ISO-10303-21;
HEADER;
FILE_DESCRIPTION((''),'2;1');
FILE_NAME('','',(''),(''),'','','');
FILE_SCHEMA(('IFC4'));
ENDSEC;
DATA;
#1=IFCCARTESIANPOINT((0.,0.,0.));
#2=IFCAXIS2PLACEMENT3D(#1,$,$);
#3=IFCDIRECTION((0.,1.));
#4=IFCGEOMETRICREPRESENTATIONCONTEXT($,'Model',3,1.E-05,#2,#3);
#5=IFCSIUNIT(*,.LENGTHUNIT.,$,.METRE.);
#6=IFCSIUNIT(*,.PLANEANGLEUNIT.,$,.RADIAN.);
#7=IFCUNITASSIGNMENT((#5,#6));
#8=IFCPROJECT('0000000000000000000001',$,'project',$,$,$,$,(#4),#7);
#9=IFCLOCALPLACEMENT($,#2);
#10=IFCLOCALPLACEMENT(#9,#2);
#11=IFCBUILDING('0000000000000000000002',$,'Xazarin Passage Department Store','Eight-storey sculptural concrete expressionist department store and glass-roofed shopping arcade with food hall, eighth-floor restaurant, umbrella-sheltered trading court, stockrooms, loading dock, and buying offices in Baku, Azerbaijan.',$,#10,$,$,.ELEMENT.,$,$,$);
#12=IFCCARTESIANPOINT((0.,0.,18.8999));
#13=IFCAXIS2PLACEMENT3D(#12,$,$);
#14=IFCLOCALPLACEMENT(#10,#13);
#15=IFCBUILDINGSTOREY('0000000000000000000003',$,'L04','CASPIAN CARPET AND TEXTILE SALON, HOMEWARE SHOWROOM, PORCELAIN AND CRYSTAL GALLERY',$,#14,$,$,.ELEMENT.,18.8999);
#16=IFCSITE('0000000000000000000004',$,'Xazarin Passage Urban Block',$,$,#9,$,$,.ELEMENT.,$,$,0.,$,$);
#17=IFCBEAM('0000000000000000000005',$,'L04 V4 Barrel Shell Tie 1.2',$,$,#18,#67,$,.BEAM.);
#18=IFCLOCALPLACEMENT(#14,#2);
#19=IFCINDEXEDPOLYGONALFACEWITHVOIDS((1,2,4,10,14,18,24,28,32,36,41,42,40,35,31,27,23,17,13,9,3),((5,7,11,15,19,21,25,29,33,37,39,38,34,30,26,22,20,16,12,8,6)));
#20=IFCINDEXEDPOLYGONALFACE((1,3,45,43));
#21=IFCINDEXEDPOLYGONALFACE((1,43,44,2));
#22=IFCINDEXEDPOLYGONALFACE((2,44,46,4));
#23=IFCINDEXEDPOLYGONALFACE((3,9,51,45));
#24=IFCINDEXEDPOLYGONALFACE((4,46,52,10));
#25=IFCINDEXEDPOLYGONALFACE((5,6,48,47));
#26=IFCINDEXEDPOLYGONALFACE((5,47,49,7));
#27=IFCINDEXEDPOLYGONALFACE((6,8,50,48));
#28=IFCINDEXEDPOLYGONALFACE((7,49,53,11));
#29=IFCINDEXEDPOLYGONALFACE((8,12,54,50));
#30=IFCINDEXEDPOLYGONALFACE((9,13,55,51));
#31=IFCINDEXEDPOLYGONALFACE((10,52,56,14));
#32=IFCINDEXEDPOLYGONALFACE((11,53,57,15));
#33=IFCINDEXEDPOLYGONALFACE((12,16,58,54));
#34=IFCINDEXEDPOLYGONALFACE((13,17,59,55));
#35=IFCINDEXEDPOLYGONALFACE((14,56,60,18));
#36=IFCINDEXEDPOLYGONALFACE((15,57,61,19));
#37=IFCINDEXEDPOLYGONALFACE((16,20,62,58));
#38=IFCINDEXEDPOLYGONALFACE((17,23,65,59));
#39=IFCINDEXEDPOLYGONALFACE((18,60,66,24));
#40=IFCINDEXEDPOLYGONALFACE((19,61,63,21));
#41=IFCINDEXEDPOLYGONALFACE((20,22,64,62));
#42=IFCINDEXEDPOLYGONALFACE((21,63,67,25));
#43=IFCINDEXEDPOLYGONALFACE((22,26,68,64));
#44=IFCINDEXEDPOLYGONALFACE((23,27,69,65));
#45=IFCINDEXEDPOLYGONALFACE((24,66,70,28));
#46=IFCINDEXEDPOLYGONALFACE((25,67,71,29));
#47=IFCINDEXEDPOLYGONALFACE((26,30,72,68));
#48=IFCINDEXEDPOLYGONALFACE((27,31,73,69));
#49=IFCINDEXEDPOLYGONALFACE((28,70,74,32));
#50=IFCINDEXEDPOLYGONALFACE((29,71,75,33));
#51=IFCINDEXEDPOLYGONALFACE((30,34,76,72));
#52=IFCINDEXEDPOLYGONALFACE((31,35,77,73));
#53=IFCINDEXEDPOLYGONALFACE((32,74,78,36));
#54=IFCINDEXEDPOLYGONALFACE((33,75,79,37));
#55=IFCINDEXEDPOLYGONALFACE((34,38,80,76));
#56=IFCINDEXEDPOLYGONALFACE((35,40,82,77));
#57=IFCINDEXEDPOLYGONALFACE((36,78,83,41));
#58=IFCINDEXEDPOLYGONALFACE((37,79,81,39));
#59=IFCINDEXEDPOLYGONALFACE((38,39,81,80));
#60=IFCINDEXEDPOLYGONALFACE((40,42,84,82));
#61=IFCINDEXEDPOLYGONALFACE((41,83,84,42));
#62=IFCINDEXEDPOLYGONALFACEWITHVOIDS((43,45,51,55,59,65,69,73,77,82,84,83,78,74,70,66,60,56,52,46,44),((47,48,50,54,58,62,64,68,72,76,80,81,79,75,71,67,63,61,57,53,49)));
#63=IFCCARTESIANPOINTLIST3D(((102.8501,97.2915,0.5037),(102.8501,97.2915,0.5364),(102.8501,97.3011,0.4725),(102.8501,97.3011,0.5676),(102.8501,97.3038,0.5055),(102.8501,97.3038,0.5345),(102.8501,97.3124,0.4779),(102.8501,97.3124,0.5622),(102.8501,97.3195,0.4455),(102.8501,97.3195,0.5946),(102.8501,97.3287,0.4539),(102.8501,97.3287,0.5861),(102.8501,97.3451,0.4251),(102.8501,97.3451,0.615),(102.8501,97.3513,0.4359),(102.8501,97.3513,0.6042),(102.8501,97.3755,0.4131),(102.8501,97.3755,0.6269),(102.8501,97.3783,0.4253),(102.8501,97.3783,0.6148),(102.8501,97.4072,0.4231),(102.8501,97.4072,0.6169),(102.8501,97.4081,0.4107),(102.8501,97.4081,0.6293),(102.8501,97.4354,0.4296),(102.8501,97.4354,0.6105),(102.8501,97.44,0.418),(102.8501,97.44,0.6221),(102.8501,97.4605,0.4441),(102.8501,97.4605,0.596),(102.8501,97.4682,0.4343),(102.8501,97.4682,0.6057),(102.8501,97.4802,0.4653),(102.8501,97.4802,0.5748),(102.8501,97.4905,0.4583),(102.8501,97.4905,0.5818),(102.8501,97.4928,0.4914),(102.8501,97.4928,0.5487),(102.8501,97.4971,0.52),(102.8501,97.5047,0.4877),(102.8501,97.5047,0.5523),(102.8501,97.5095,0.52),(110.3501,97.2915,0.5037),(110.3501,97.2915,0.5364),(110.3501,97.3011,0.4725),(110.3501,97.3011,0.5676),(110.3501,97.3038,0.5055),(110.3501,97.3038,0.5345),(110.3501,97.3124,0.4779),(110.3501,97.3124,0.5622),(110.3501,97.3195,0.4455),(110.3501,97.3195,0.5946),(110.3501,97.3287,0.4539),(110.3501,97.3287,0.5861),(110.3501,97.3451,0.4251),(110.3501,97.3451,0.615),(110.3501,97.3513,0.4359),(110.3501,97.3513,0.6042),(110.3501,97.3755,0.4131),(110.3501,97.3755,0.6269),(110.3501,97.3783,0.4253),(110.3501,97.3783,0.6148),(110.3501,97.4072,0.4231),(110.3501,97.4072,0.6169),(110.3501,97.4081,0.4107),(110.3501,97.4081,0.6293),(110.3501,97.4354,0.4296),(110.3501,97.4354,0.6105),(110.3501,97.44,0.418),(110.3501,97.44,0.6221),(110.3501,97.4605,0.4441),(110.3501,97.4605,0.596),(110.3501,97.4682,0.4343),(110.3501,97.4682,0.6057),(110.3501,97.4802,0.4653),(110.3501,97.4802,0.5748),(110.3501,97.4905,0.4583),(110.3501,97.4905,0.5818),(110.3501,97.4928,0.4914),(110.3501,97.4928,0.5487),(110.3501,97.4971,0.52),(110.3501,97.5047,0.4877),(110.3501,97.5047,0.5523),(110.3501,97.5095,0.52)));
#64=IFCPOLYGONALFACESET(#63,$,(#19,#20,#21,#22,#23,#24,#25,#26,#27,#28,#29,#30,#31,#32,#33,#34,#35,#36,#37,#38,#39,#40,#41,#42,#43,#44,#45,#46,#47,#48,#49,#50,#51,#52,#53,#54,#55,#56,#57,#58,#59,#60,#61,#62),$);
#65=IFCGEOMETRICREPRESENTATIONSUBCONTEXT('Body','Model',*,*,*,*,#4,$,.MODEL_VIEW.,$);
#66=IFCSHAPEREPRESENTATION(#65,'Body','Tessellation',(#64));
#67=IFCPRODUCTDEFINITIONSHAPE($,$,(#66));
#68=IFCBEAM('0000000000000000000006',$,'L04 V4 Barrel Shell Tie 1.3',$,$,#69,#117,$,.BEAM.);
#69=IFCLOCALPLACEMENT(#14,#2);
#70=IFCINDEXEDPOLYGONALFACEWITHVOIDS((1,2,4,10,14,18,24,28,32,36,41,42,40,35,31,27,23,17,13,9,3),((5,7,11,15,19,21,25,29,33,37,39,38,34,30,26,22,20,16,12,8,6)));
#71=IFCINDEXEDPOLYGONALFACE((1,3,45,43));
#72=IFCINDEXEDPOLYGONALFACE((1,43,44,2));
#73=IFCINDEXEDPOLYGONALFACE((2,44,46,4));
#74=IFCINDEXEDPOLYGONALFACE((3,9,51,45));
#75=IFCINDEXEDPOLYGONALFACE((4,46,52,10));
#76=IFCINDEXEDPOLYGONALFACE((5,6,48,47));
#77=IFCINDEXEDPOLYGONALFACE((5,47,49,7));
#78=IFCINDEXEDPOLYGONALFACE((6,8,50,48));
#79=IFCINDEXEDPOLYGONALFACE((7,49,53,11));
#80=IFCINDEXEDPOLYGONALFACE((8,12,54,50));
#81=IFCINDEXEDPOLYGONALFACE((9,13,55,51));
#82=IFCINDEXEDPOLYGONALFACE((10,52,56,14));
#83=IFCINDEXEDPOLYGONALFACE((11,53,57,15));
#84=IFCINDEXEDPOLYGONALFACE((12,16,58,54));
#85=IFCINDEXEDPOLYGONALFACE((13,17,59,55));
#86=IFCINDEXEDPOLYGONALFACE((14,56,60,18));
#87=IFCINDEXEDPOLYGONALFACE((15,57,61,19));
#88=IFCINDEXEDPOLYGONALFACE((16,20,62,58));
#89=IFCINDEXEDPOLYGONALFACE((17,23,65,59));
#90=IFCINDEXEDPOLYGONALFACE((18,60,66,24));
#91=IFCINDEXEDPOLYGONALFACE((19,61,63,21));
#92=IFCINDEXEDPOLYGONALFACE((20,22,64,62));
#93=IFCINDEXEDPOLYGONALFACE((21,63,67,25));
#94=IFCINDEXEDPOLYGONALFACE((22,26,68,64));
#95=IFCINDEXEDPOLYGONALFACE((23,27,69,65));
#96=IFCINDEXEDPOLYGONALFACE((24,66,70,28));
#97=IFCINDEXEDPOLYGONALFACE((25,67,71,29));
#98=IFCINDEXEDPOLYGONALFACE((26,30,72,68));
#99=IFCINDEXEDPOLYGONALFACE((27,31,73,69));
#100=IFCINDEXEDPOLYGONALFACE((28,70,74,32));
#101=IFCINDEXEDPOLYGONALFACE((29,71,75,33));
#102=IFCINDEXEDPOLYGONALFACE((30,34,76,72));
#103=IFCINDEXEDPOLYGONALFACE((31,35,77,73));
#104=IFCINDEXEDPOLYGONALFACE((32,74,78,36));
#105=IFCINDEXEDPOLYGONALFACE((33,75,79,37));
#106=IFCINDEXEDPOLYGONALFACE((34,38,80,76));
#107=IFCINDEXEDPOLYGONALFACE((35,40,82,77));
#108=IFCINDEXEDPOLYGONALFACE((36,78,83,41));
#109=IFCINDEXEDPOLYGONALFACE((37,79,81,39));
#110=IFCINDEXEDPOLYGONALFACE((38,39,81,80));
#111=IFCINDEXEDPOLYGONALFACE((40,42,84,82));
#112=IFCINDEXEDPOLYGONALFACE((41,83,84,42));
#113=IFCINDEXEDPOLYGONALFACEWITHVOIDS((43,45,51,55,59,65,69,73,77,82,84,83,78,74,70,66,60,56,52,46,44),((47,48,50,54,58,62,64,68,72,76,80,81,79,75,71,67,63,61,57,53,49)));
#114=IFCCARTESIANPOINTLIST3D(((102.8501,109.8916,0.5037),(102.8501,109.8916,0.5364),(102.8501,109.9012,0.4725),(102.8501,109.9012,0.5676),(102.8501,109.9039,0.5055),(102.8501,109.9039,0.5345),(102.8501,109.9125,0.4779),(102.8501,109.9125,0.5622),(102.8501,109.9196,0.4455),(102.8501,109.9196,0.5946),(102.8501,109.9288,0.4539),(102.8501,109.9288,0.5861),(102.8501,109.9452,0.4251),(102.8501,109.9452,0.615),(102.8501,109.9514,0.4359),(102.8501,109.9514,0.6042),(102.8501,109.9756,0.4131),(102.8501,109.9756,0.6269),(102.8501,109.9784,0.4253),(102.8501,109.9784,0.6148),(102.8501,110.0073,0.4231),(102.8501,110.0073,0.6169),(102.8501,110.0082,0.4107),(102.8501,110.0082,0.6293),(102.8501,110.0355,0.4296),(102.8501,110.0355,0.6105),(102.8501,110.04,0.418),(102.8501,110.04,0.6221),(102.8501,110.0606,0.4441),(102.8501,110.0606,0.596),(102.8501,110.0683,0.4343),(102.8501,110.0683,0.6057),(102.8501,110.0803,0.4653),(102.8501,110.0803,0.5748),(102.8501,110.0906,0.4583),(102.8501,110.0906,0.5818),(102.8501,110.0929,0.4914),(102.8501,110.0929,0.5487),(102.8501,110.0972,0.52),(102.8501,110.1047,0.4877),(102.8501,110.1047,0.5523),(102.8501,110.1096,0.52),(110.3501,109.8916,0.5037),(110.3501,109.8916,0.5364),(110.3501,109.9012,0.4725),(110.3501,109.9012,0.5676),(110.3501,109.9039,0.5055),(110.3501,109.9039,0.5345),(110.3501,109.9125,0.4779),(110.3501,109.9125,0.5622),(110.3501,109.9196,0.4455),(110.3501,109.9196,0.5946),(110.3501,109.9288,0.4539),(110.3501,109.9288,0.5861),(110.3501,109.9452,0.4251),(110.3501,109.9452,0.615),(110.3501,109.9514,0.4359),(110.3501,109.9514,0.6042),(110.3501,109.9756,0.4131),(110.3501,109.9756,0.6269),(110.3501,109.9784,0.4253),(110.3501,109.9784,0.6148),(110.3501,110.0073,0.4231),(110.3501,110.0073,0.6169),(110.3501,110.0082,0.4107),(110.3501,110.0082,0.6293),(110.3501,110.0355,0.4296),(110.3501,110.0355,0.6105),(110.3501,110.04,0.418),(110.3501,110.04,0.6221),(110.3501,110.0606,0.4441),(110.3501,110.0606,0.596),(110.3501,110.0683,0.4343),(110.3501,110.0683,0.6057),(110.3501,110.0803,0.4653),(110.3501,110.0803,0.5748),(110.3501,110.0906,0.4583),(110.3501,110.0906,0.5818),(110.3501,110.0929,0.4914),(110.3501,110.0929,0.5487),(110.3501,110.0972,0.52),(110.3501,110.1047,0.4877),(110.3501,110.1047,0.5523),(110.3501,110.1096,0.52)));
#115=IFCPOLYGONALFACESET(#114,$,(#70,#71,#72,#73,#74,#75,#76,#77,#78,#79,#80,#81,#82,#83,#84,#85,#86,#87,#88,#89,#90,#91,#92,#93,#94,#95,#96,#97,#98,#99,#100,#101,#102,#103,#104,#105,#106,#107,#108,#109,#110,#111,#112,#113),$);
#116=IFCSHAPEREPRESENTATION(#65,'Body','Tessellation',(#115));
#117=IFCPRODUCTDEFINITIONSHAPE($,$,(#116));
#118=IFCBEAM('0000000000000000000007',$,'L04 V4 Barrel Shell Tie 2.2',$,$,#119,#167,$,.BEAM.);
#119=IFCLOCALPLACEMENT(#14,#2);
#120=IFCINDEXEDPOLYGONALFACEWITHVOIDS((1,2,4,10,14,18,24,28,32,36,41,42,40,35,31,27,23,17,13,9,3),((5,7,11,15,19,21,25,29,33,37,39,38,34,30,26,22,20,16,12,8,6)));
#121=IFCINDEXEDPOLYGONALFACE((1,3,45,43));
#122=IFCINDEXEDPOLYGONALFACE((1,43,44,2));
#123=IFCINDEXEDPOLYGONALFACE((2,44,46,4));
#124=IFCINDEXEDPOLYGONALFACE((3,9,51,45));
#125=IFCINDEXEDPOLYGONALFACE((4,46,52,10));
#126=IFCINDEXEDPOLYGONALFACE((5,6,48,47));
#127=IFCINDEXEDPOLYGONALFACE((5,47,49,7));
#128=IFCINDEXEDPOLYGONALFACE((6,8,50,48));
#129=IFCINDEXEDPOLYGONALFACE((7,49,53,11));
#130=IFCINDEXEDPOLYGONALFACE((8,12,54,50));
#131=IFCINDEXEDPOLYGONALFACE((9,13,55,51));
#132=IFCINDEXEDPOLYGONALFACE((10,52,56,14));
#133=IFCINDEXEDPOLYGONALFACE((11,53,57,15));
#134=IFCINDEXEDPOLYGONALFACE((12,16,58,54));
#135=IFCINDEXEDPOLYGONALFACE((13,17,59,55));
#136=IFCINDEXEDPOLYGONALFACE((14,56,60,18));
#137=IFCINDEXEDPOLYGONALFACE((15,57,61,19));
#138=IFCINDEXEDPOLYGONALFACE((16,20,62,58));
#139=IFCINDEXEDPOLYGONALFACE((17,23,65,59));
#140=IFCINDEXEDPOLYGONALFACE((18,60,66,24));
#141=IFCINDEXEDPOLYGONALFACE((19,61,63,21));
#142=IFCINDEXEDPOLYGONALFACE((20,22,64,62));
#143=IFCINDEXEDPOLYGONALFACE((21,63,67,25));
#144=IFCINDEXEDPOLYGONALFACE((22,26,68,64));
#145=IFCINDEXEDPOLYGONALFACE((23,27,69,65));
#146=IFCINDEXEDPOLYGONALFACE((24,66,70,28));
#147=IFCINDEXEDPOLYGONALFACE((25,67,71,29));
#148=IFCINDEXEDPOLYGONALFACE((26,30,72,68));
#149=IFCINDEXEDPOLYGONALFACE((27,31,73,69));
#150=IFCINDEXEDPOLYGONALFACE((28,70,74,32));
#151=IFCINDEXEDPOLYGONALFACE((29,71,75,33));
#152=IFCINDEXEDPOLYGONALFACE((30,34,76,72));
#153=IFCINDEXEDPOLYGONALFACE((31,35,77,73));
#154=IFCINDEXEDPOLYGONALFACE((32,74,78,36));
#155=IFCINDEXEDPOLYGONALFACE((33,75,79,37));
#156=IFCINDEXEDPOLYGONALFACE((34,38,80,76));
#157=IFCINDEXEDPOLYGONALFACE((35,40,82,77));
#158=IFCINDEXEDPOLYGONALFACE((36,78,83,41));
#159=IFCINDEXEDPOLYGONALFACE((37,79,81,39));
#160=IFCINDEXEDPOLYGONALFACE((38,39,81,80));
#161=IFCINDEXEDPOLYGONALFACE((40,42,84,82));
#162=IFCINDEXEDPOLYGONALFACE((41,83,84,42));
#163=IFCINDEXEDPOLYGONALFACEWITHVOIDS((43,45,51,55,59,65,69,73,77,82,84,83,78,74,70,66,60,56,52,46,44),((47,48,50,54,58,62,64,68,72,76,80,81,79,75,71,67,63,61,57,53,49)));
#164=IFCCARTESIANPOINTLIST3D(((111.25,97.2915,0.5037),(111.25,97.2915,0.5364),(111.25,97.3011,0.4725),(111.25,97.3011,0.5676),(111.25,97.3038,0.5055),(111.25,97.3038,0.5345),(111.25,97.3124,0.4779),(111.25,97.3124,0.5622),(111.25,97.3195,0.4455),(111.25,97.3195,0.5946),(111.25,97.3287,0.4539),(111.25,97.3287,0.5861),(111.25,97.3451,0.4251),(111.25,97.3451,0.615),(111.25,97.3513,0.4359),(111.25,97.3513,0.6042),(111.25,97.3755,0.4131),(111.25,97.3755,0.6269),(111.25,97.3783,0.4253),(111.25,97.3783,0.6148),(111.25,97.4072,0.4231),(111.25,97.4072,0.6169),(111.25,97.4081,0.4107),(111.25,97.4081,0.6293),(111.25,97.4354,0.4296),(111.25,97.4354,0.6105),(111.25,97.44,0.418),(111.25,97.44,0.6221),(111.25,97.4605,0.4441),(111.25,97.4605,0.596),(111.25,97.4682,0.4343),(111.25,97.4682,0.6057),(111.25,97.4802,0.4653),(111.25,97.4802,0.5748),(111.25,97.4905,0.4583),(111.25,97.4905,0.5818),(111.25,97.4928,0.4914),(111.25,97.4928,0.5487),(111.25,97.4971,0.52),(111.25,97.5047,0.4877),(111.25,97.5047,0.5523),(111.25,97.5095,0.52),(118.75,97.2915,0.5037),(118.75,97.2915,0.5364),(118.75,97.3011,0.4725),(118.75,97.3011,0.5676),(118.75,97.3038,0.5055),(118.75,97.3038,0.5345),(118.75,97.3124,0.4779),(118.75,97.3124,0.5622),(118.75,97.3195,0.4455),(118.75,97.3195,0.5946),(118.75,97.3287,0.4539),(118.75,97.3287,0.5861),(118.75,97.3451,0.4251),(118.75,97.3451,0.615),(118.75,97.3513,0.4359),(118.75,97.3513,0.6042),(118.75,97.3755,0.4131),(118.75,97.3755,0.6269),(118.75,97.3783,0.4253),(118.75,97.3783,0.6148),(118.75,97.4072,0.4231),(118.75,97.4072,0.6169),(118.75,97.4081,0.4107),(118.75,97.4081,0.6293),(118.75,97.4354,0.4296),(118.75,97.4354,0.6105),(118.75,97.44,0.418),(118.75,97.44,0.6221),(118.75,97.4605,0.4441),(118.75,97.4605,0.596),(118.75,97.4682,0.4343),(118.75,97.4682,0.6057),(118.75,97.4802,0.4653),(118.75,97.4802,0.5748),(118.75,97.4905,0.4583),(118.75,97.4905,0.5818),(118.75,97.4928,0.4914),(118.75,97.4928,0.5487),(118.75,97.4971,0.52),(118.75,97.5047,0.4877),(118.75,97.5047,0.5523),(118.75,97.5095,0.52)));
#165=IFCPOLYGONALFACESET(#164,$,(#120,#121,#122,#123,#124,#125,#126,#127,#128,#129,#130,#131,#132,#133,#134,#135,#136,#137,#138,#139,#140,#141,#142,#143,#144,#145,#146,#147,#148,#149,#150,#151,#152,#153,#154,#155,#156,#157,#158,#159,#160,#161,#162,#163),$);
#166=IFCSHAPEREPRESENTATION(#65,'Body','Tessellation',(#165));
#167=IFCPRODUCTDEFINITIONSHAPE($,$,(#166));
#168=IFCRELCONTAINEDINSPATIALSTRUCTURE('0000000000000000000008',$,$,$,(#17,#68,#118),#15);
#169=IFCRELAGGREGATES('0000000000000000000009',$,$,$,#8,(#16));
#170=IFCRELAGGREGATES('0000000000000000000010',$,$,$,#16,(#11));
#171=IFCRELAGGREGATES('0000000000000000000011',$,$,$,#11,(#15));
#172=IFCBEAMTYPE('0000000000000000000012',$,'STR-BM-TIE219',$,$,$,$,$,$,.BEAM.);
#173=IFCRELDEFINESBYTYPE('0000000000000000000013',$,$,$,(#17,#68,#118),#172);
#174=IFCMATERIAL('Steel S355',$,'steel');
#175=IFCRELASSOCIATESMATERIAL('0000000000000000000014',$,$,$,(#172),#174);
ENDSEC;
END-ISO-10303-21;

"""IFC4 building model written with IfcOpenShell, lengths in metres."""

from ifc_helpers import new_model, si_unit, direction, frame, origin, origin_2d, place, context, subcontext, project, spatial, hollow_circle, extrude, material, material_profile, profile_set, type_object, element, save


model = new_model("IFC4")

# Units and contexts
model_context = context("Model", 3, precision=1e-05, world=origin(), true_north=direction((0.0, 1.0)))
body_context = subcontext(model_context, "Body", "Model", "MODEL_VIEW")
ifc_project = project(units=[si_unit("LENGTHUNIT", "METRE"), si_unit("PLANEANGLEUNIT", "RADIAN")], contexts=[model_context])

# Site, building, storey
site_placement = place(None, origin())
site = spatial("IfcSite", under=ifc_project, at=site_placement, Name="Xazarin Passage Urban Block", CompositionType="ELEMENT", RefElevation=0.0)
building_placement = place(site_placement, origin())
building = spatial("IfcBuilding", under=site, at=building_placement, Name="Xazarin Passage Department Store", Description="Eight-storey sculptural concrete expressionist department store and glass-roofed shopping arcade with food hall, eighth-floor restaurant, umbrella-sheltered trading court, stockrooms, loading dock, and buying offices in Baku, Azerbaijan.", CompositionType="ELEMENT")
storey_placement = place(building_placement, frame((0.0, 0.0, 18.8999)))
storey = spatial("IfcBuildingStorey", under=building, at=storey_placement, Name="L04", Description="CASPIAN CARPET AND TEXTILE SALON, HOMEWARE SHOWROOM, PORCELAIN AND CRYSTAL GALLERY", CompositionType="ELEMENT", Elevation=18.8999)

# Beams
ifc_material_1 = material(Name="Steel S355", Category="steel")
ifc_material_profile_1 = material_profile(ifc_material_1, hollow_circle(Radius=0.1096, WallThickness=0.0125, at=origin_2d()), Name="CHS 219.1x12.5")
ifc_profile_set_1 = profile_set([ifc_material_profile_1], Name="Steel S355")
beam_type_1 = type_object("IfcBeamType", Name="STR-BM-TIE219", PredefinedType="BEAM", material=ifc_profile_set_1)
for number, where, z_axis, x_axis, name in (
    (1, (102.8501, 97.3999, 0.52), (1.0, 0.0, 0.0), (0.0, 1.0, 0.0), "L04 V4 Barrel Shell Tie 1.2"),
    (2, (102.8501, 110.0, 0.52), (1.0, 0.0, 0.0), (0.0, 1.0, 0.0), "L04 V4 Barrel Shell Tie 1.3"),
    (3, (111.25, 97.3999, 0.52), (1.0, 0.0, 0.0), (0.0, 1.0, 0.0), "L04 V4 Barrel Shell Tie 2.2"),
):
    element("IfcBeam", number, at=place(storey_placement, frame(where, z_axis=z_axis, x_axis=x_axis)), inside=storey, type_object=beam_type_1, Name=name, PredefinedType="BEAM", context=body_context, shape_type="SweptSolid", body=[
        extrude(hollow_circle(Radius=0.1096, WallThickness=0.0125, at=origin_2d()), origin(), (0.0, 0.0, 1.0), 7.5),
    ])

save(model, "model.ifc")
